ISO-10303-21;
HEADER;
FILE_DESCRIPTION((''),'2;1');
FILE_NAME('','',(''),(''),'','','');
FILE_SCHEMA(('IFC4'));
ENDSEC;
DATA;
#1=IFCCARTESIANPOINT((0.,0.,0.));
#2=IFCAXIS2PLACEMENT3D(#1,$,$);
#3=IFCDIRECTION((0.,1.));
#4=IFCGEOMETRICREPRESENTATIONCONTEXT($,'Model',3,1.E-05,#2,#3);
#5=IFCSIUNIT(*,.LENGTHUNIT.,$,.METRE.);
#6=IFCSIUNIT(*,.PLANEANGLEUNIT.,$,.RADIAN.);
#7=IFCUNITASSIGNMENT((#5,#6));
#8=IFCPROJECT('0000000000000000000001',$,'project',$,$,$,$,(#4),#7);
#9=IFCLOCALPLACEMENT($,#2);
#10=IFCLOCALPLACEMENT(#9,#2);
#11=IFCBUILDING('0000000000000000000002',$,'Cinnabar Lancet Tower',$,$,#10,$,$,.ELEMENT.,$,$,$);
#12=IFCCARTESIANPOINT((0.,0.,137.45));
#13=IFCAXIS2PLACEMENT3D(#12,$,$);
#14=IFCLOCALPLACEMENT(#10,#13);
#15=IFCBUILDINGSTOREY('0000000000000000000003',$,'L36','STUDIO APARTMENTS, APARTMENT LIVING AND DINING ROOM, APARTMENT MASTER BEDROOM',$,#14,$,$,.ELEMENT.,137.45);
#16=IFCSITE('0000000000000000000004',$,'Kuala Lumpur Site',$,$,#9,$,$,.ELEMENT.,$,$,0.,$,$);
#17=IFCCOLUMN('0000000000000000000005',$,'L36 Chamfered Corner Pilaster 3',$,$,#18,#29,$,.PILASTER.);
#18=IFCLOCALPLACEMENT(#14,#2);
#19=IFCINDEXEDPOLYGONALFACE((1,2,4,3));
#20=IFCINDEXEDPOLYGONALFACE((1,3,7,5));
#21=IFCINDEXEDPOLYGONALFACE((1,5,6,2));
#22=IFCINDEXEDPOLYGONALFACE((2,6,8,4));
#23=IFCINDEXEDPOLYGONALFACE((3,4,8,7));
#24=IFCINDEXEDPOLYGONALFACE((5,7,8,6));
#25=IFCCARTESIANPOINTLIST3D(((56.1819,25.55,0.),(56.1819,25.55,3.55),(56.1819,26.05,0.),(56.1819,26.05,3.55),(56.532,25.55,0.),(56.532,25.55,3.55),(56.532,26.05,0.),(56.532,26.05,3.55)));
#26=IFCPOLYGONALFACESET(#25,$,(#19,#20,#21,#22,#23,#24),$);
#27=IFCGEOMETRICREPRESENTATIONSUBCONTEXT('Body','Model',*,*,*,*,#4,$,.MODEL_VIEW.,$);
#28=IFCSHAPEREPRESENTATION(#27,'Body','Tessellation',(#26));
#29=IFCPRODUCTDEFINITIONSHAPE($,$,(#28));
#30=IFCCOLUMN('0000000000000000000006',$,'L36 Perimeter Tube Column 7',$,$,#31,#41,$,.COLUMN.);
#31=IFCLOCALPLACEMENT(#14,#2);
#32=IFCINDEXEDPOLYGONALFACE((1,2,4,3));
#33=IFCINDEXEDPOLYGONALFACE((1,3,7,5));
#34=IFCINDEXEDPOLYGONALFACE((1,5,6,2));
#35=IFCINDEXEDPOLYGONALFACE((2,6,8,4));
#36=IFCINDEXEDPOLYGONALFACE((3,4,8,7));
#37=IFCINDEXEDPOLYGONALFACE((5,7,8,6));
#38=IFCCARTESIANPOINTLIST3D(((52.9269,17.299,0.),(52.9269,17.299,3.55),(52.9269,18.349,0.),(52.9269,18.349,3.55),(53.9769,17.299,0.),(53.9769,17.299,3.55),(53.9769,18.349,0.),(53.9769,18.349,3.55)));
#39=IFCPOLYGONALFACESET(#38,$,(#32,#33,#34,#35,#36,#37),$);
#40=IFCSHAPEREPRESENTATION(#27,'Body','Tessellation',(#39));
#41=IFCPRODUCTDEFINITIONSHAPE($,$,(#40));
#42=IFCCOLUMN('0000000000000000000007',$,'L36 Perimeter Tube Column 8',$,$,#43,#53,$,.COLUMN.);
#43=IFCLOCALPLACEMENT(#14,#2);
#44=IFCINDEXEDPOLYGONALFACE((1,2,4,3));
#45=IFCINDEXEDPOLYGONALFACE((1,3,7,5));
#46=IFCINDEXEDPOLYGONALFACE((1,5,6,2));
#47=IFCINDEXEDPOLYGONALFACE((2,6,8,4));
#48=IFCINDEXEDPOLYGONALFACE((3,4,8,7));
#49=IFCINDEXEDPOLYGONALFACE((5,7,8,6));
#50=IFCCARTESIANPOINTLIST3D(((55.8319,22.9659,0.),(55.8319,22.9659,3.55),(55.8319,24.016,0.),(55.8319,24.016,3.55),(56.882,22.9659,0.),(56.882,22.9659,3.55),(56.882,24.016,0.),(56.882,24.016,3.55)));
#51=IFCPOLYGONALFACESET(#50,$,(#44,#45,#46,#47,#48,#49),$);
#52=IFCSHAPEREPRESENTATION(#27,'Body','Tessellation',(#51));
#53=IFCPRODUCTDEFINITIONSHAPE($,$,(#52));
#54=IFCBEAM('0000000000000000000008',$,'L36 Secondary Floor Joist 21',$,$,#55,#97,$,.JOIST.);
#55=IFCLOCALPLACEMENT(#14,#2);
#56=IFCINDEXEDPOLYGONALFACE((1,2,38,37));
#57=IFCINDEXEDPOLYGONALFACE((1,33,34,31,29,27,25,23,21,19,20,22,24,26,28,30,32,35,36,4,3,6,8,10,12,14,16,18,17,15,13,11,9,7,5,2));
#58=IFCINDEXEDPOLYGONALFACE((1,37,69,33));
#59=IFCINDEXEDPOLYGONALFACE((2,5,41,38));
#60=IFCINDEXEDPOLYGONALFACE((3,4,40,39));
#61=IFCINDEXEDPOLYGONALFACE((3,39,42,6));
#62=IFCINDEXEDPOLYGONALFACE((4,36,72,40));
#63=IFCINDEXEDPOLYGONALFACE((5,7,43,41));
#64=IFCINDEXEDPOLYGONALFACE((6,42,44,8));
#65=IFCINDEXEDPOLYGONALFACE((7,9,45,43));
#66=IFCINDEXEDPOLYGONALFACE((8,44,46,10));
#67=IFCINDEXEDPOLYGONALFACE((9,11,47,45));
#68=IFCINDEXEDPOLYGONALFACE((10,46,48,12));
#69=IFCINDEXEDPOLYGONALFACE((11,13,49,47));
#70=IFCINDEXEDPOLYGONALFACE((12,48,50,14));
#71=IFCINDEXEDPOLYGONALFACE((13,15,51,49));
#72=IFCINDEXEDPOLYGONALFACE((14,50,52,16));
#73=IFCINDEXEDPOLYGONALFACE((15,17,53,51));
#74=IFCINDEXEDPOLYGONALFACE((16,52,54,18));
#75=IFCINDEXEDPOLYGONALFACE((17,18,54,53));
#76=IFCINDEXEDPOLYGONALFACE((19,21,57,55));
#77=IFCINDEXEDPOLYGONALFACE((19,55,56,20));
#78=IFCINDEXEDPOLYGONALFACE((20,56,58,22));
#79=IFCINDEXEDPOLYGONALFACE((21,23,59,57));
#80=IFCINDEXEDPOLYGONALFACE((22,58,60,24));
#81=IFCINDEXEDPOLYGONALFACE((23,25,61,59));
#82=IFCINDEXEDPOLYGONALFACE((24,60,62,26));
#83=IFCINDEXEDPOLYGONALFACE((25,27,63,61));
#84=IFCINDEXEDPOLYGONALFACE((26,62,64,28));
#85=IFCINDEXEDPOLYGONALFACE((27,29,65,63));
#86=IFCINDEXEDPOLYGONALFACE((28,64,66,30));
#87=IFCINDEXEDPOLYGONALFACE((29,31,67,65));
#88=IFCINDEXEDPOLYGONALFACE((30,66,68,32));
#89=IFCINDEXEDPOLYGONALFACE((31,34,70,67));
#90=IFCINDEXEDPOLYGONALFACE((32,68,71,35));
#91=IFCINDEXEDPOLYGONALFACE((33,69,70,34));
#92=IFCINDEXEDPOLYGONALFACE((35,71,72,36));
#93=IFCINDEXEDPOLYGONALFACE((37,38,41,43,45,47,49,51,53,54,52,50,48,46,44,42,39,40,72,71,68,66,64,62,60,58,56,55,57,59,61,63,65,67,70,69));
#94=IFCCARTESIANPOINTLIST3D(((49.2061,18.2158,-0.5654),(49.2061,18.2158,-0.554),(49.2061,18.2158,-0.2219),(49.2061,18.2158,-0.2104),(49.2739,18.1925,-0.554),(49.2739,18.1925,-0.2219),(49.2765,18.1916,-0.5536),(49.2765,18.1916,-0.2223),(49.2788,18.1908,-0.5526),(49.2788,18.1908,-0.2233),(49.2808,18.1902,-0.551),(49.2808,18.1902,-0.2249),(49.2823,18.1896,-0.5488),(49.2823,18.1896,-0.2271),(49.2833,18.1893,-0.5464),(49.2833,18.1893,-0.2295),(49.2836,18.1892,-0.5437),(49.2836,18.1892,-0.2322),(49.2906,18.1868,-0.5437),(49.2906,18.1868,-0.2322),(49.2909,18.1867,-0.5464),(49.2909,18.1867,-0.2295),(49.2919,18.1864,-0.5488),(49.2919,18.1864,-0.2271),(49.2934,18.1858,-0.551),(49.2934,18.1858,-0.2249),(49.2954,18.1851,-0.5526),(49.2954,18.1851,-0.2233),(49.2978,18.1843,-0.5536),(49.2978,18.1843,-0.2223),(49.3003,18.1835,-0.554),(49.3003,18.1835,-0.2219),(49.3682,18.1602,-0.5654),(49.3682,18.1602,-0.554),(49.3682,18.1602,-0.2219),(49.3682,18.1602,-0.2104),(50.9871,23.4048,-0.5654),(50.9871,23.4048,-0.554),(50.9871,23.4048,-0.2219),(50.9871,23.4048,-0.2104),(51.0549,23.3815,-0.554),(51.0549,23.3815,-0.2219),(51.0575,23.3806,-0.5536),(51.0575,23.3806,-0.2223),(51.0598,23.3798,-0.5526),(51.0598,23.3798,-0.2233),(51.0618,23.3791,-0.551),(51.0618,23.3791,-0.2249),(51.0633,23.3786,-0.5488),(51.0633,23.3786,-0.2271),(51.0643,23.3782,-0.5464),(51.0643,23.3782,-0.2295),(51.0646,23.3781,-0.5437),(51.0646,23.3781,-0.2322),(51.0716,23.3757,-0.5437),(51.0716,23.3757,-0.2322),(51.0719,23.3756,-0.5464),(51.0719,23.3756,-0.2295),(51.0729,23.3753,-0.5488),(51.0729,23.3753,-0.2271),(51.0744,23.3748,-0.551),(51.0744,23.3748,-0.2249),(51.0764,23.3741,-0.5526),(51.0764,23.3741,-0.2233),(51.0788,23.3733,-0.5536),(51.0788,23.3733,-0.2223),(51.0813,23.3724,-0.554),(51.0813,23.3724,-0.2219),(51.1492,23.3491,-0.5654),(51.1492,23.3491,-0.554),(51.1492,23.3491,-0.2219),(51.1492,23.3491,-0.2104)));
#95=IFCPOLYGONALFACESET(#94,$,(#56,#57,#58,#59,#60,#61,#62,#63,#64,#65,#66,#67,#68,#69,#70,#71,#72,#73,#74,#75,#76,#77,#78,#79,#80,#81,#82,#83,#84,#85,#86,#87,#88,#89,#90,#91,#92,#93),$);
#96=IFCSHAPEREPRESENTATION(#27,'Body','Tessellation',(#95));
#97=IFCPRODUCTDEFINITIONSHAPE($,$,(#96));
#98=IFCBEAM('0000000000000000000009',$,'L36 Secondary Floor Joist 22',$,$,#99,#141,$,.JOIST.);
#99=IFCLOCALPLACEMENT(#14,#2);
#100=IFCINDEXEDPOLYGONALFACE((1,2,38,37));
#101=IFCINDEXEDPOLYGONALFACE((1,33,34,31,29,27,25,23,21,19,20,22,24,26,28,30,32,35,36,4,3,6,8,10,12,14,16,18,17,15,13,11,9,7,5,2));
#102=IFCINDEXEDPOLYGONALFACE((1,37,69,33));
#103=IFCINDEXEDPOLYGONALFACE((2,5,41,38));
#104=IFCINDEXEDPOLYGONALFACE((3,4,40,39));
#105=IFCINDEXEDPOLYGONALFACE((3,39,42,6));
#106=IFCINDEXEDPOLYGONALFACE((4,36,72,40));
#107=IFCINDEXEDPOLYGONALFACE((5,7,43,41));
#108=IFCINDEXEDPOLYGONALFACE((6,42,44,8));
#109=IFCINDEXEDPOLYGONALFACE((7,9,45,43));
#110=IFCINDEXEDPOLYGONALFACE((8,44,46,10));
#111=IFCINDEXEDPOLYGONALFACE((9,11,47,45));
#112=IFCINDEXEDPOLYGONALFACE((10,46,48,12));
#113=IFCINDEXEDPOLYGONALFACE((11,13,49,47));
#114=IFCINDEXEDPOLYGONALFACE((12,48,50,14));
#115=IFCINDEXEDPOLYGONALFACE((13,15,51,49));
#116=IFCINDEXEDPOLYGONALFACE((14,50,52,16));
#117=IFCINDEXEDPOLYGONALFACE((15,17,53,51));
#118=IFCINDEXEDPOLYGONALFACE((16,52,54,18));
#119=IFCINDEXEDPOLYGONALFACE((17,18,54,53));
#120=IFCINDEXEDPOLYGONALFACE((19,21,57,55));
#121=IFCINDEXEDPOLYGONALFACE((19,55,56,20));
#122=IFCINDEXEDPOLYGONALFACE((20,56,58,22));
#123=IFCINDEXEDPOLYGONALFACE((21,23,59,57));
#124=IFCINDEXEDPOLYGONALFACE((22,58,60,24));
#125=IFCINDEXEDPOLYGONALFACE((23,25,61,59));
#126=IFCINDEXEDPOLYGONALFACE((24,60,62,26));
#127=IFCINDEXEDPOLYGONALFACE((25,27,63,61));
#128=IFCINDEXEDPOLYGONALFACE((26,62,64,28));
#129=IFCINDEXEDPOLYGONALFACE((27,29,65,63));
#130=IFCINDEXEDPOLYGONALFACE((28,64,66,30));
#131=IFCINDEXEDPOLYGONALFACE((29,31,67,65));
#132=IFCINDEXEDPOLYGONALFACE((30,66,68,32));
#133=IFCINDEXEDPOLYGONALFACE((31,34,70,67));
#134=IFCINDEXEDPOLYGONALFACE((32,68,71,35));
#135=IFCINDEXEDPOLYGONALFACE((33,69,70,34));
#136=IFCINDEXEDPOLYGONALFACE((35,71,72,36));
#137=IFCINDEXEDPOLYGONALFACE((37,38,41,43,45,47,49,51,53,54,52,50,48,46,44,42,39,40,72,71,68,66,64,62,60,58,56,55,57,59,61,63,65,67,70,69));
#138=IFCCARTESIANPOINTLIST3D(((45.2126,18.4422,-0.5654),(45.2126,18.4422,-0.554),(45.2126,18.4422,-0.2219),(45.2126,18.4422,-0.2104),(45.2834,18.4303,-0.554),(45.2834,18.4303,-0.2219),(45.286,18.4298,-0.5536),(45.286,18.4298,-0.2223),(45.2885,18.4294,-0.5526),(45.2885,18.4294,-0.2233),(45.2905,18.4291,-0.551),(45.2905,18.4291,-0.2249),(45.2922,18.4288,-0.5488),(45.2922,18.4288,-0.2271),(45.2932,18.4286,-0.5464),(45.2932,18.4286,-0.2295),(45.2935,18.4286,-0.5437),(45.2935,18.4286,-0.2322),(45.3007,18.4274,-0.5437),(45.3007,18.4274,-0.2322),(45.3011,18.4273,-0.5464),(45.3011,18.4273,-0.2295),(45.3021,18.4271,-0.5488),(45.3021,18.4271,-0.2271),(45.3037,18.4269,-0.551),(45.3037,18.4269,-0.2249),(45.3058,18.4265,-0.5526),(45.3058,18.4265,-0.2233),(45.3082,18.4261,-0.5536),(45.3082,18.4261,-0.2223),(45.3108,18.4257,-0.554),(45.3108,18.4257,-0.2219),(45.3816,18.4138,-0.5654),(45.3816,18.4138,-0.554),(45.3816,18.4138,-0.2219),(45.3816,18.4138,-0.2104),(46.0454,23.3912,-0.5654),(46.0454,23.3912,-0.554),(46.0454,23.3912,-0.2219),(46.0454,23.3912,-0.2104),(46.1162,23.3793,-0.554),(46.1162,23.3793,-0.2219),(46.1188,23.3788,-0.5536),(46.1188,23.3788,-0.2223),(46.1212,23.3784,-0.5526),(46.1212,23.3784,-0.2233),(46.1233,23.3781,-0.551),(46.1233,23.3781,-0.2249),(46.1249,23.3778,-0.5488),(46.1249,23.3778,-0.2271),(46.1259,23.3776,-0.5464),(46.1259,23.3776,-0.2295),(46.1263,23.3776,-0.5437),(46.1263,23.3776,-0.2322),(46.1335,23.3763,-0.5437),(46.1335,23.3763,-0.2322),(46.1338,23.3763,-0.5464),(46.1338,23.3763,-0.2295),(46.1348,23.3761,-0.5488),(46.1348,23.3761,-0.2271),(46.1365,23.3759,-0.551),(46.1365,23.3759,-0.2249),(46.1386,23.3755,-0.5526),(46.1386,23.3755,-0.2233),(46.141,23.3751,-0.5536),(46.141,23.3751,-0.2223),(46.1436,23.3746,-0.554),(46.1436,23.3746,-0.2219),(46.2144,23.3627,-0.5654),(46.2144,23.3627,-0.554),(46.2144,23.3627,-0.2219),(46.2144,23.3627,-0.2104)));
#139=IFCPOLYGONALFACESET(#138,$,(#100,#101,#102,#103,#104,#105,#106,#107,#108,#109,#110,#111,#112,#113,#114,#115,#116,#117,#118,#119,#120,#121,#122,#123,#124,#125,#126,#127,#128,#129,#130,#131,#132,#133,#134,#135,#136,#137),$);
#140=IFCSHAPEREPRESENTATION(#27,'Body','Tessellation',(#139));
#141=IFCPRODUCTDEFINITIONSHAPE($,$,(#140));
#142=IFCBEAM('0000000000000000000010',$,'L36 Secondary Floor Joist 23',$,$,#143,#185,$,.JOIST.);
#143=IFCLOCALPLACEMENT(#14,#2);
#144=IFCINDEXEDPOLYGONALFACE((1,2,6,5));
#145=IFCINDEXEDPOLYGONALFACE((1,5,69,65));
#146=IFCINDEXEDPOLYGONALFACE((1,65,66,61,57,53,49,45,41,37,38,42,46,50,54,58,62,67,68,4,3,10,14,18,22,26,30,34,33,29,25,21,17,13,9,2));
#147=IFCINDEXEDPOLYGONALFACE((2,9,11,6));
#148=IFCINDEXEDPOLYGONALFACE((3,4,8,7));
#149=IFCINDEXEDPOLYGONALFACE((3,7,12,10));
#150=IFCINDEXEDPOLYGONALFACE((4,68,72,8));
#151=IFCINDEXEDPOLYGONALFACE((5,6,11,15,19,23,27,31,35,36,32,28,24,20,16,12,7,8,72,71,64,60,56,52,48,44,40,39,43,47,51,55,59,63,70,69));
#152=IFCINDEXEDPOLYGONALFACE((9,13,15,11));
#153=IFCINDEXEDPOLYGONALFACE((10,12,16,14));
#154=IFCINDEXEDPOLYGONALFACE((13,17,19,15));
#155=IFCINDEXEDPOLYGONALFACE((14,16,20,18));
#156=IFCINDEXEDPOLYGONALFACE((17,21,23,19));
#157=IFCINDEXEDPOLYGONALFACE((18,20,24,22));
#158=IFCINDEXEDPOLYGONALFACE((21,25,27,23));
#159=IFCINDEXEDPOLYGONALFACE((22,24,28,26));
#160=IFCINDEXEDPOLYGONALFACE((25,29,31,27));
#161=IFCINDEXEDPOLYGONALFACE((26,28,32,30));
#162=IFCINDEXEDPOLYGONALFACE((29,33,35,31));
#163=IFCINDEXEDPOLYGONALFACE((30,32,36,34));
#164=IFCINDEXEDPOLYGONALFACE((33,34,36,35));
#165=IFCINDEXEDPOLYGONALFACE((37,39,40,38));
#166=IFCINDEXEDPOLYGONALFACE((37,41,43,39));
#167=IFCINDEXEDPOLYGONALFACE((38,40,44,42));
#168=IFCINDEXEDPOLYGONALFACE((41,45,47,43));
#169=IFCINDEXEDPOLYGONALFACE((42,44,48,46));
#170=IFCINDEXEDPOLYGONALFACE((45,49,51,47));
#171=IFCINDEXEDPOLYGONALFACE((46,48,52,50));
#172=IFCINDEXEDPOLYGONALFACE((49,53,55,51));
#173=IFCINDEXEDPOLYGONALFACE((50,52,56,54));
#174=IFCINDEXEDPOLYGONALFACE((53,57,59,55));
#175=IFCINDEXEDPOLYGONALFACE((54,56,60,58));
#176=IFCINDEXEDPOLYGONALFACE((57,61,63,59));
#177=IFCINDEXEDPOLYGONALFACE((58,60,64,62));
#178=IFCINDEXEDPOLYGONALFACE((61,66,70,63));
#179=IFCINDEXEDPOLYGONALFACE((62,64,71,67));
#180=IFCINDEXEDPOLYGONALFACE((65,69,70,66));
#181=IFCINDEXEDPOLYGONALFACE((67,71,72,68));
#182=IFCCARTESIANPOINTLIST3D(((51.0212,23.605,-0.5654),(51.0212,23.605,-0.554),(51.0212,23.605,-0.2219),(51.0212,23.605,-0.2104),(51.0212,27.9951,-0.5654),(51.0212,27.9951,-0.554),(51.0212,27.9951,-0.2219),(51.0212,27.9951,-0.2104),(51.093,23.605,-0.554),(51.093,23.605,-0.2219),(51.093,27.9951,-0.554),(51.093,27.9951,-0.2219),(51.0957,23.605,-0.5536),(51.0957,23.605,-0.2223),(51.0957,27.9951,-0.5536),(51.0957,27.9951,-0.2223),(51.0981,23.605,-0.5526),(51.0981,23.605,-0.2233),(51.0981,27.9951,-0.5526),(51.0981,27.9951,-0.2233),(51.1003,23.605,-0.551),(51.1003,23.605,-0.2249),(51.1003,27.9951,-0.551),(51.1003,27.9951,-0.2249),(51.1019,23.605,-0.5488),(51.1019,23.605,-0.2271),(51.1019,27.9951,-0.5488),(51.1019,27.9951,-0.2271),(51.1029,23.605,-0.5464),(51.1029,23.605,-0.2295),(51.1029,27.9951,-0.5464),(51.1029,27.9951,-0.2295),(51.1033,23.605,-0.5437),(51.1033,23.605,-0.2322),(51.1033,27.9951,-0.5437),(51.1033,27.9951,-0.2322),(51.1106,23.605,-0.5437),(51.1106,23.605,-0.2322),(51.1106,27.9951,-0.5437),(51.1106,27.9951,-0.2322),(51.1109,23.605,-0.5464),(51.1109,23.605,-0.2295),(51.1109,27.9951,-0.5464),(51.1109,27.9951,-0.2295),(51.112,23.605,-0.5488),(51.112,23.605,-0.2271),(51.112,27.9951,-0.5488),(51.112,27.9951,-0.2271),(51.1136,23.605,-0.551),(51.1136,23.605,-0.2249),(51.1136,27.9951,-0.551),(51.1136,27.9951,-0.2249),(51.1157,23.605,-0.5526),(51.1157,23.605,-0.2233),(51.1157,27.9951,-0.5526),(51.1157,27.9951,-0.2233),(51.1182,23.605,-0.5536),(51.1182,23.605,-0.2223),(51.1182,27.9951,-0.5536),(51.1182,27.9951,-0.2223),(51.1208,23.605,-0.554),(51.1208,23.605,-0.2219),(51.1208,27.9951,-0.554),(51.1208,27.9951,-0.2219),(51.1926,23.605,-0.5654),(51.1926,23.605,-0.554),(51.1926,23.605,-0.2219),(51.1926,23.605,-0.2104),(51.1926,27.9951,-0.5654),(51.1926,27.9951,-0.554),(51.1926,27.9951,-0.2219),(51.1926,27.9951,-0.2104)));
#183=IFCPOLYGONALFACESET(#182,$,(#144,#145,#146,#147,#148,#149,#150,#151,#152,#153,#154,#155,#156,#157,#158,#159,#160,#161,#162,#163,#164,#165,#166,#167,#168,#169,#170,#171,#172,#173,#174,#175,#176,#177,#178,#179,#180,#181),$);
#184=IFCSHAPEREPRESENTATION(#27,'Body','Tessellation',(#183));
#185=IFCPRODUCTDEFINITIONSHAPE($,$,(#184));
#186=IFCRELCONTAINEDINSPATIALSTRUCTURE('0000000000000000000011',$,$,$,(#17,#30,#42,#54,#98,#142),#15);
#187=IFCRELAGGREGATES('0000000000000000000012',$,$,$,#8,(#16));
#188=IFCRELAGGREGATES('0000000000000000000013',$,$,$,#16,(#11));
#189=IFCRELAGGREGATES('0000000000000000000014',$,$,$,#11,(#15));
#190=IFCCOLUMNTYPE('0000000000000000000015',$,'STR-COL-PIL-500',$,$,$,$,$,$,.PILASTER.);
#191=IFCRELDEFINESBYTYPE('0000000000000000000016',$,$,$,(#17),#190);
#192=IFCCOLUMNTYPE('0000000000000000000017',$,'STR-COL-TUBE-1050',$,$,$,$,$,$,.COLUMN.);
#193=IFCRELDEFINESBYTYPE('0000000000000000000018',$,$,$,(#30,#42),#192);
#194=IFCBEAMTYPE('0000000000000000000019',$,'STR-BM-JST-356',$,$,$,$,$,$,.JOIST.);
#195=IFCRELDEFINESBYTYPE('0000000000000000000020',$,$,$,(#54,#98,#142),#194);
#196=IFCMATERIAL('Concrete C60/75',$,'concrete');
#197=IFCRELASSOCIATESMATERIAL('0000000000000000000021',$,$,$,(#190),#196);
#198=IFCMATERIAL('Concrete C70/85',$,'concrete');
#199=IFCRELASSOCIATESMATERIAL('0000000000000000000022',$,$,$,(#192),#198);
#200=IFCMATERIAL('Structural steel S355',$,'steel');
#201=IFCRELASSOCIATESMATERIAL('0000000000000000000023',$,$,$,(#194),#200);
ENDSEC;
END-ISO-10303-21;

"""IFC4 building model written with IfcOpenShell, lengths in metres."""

from ifc_helpers import new_model, si_unit, direction, frame, origin, origin_2d, place, context, subcontext, project, spatial, rectangle, i_section, extrude, material, material_profile, profile_set, type_object, element, save


model = new_model("IFC4")

# Units and contexts
model_context = context("Model", 3, precision=1e-05, world=origin(), true_north=direction((0.0, 1.0)))
body_context = subcontext(model_context, "Body", "Model", "MODEL_VIEW")
ifc_project = project(units=[si_unit("LENGTHUNIT", "METRE"), si_unit("PLANEANGLEUNIT", "RADIAN")], contexts=[model_context])

# Site, building, storey
site_placement = place(None, origin())
site = spatial("IfcSite", under=ifc_project, at=site_placement, Name="Kuala Lumpur Site", CompositionType="ELEMENT", RefElevation=0.0)
building_placement = place(site_placement, origin())
building = spatial("IfcBuilding", under=site, at=building_placement, Name="Cinnabar Lancet Tower", CompositionType="ELEMENT")
storey_placement = place(building_placement, frame((0.0, 0.0, 137.45)))
storey = spatial("IfcBuildingStorey", under=building, at=storey_placement, Name="L36", Description="STUDIO APARTMENTS, APARTMENT LIVING AND DINING ROOM, APARTMENT MASTER BEDROOM", CompositionType="ELEMENT", Elevation=137.45)

# Columns
ifc_material_1 = material(Name="Concrete C60/75", Category="concrete")
ifc_material_profile_1 = material_profile(ifc_material_1, rectangle(XDim=0.5, YDim=0.3501, at=origin_2d()), Name="RC-PIL 500x350")
ifc_profile_set_1 = profile_set([ifc_material_profile_1], Name="Concrete C60/75")
column_type_1 = type_object("IfcColumnType", Name="STR-COL-PIL-500", PredefinedType="PILASTER", material=ifc_profile_set_1)
column_placement = place(storey_placement, frame((56.3569, 25.8, 0.0), z_axis=(0.0, 0.0, 1.0), x_axis=(0.0, 1.0, 0.0)))
element("IfcColumn", 1, at=column_placement, inside=storey, type_object=column_type_1, Name="L36 Chamfered Corner Pilaster 3", PredefinedType="PILASTER", context=body_context, shape_type="SweptSolid", body=[
    extrude(rectangle(XDim=0.5, YDim=0.3501, at=origin_2d()), origin(), (0.0, 0.0, 1.0), 3.55),
])
ifc_material_2 = material(Name="Concrete C70/85", Category="concrete")
ifc_material_profile_2 = material_profile(ifc_material_2, rectangle(XDim=1.05, YDim=1.05, at=origin_2d()), Name="RC-COL 1050x1050")
ifc_profile_set_2 = profile_set([ifc_material_profile_2], Name="Concrete C70/85")
column_type_2 = type_object("IfcColumnType", Name="STR-COL-TUBE-1050", PredefinedType="COLUMN", material=ifc_profile_set_2)
for number, where, z_axis, x_axis, name in (
    (2, (53.4519, 17.824, 0.0), (0.0, 0.0, 1.0), (1.0, 0.0, 0.0), "L36 Perimeter Tube Column 7"),
    (3, (56.3569, 23.491, 0.0), (0.0, 0.0, 1.0), (1.0, 0.0, 0.0), "L36 Perimeter Tube Column 8"),
):
    element("IfcColumn", number, at=place(storey_placement, frame(where, z_axis=z_axis, x_axis=x_axis)), inside=storey, type_object=column_type_2, Name=name, PredefinedType="COLUMN", context=body_context, shape_type="SweptSolid", body=[
        extrude(rectangle(XDim=1.05, YDim=1.05, at=origin_2d()), origin(), (0.0, 0.0, 1.0), 3.55),
    ])

# Beams
ifc_material_3 = material(Name="Structural steel S355", Category="steel")
ifc_material_profile_3 = material_profile(ifc_material_3, i_section(OverallWidth=0.1714, OverallDepth=0.355, WebThickness=0.0073, FlangeThickness=0.0115, FilletRadius=0.0103, at=origin_2d()), Name="UKB 356x171x51")
ifc_profile_set_3 = profile_set([ifc_material_profile_3], Name="Structural steel S355")
beam_type_1 = type_object("IfcBeamType", Name="STR-BM-JST-356", PredefinedType="JOIST", material=ifc_profile_set_3)
beam_1_placement = place(storey_placement, frame((49.2871, 18.188, -0.3879), z_axis=(0.324639, 0.945838, 0.0), x_axis=(-0.945838, 0.324639, 0.0)))
element("IfcBeam", 4, at=beam_1_placement, inside=storey, type_object=beam_type_1, Name="L36 Secondary Floor Joist 21", PredefinedType="JOIST", context=body_context, shape_type="SweptSolid", body=[
    extrude(i_section(OverallWidth=0.1714, OverallDepth=0.355, WebThickness=0.0073, FlangeThickness=0.0115, FilletRadius=0.0103, at=origin_2d()), origin(), (0.0, 0.0, 1.0), 5.4861),
])
beam_2_placement = place(storey_placement, frame((45.2971, 18.428, -0.3879), z_axis=(0.165937, 0.986136, 0.0), x_axis=(-0.986136, 0.165937, 0.0)))
element("IfcBeam", 5, at=beam_2_placement, inside=storey, type_object=beam_type_1, Name="L36 Secondary Floor Joist 22", PredefinedType="JOIST", context=body_context, shape_type="SweptSolid", body=[
    extrude(i_section(OverallWidth=0.1714, OverallDepth=0.355, WebThickness=0.0073, FlangeThickness=0.0115, FilletRadius=0.0103, at=origin_2d()), origin(), (0.0, 0.0, 1.0), 5.0186),
])
for number, where, z_axis, x_axis, name in (
    (6, (51.1069, 23.605, -0.3879), (0.0, 1.0, 0.0), (-1.0, 0.0, 0.0), "L36 Secondary Floor Joist 23"),
):
    element("IfcBeam", number, at=place(storey_placement, frame(where, z_axis=z_axis, x_axis=x_axis)), inside=storey, type_object=beam_type_1, Name=name, PredefinedType="JOIST", context=body_context, shape_type="SweptSolid", body=[
        extrude(i_section(OverallWidth=0.1714, OverallDepth=0.355, WebThickness=0.0073, FlangeThickness=0.0115, FilletRadius=0.0103, at=origin_2d()), origin(), (0.0, 0.0, 1.0), 4.3901),
    ])

save(model, "model.ifc")
